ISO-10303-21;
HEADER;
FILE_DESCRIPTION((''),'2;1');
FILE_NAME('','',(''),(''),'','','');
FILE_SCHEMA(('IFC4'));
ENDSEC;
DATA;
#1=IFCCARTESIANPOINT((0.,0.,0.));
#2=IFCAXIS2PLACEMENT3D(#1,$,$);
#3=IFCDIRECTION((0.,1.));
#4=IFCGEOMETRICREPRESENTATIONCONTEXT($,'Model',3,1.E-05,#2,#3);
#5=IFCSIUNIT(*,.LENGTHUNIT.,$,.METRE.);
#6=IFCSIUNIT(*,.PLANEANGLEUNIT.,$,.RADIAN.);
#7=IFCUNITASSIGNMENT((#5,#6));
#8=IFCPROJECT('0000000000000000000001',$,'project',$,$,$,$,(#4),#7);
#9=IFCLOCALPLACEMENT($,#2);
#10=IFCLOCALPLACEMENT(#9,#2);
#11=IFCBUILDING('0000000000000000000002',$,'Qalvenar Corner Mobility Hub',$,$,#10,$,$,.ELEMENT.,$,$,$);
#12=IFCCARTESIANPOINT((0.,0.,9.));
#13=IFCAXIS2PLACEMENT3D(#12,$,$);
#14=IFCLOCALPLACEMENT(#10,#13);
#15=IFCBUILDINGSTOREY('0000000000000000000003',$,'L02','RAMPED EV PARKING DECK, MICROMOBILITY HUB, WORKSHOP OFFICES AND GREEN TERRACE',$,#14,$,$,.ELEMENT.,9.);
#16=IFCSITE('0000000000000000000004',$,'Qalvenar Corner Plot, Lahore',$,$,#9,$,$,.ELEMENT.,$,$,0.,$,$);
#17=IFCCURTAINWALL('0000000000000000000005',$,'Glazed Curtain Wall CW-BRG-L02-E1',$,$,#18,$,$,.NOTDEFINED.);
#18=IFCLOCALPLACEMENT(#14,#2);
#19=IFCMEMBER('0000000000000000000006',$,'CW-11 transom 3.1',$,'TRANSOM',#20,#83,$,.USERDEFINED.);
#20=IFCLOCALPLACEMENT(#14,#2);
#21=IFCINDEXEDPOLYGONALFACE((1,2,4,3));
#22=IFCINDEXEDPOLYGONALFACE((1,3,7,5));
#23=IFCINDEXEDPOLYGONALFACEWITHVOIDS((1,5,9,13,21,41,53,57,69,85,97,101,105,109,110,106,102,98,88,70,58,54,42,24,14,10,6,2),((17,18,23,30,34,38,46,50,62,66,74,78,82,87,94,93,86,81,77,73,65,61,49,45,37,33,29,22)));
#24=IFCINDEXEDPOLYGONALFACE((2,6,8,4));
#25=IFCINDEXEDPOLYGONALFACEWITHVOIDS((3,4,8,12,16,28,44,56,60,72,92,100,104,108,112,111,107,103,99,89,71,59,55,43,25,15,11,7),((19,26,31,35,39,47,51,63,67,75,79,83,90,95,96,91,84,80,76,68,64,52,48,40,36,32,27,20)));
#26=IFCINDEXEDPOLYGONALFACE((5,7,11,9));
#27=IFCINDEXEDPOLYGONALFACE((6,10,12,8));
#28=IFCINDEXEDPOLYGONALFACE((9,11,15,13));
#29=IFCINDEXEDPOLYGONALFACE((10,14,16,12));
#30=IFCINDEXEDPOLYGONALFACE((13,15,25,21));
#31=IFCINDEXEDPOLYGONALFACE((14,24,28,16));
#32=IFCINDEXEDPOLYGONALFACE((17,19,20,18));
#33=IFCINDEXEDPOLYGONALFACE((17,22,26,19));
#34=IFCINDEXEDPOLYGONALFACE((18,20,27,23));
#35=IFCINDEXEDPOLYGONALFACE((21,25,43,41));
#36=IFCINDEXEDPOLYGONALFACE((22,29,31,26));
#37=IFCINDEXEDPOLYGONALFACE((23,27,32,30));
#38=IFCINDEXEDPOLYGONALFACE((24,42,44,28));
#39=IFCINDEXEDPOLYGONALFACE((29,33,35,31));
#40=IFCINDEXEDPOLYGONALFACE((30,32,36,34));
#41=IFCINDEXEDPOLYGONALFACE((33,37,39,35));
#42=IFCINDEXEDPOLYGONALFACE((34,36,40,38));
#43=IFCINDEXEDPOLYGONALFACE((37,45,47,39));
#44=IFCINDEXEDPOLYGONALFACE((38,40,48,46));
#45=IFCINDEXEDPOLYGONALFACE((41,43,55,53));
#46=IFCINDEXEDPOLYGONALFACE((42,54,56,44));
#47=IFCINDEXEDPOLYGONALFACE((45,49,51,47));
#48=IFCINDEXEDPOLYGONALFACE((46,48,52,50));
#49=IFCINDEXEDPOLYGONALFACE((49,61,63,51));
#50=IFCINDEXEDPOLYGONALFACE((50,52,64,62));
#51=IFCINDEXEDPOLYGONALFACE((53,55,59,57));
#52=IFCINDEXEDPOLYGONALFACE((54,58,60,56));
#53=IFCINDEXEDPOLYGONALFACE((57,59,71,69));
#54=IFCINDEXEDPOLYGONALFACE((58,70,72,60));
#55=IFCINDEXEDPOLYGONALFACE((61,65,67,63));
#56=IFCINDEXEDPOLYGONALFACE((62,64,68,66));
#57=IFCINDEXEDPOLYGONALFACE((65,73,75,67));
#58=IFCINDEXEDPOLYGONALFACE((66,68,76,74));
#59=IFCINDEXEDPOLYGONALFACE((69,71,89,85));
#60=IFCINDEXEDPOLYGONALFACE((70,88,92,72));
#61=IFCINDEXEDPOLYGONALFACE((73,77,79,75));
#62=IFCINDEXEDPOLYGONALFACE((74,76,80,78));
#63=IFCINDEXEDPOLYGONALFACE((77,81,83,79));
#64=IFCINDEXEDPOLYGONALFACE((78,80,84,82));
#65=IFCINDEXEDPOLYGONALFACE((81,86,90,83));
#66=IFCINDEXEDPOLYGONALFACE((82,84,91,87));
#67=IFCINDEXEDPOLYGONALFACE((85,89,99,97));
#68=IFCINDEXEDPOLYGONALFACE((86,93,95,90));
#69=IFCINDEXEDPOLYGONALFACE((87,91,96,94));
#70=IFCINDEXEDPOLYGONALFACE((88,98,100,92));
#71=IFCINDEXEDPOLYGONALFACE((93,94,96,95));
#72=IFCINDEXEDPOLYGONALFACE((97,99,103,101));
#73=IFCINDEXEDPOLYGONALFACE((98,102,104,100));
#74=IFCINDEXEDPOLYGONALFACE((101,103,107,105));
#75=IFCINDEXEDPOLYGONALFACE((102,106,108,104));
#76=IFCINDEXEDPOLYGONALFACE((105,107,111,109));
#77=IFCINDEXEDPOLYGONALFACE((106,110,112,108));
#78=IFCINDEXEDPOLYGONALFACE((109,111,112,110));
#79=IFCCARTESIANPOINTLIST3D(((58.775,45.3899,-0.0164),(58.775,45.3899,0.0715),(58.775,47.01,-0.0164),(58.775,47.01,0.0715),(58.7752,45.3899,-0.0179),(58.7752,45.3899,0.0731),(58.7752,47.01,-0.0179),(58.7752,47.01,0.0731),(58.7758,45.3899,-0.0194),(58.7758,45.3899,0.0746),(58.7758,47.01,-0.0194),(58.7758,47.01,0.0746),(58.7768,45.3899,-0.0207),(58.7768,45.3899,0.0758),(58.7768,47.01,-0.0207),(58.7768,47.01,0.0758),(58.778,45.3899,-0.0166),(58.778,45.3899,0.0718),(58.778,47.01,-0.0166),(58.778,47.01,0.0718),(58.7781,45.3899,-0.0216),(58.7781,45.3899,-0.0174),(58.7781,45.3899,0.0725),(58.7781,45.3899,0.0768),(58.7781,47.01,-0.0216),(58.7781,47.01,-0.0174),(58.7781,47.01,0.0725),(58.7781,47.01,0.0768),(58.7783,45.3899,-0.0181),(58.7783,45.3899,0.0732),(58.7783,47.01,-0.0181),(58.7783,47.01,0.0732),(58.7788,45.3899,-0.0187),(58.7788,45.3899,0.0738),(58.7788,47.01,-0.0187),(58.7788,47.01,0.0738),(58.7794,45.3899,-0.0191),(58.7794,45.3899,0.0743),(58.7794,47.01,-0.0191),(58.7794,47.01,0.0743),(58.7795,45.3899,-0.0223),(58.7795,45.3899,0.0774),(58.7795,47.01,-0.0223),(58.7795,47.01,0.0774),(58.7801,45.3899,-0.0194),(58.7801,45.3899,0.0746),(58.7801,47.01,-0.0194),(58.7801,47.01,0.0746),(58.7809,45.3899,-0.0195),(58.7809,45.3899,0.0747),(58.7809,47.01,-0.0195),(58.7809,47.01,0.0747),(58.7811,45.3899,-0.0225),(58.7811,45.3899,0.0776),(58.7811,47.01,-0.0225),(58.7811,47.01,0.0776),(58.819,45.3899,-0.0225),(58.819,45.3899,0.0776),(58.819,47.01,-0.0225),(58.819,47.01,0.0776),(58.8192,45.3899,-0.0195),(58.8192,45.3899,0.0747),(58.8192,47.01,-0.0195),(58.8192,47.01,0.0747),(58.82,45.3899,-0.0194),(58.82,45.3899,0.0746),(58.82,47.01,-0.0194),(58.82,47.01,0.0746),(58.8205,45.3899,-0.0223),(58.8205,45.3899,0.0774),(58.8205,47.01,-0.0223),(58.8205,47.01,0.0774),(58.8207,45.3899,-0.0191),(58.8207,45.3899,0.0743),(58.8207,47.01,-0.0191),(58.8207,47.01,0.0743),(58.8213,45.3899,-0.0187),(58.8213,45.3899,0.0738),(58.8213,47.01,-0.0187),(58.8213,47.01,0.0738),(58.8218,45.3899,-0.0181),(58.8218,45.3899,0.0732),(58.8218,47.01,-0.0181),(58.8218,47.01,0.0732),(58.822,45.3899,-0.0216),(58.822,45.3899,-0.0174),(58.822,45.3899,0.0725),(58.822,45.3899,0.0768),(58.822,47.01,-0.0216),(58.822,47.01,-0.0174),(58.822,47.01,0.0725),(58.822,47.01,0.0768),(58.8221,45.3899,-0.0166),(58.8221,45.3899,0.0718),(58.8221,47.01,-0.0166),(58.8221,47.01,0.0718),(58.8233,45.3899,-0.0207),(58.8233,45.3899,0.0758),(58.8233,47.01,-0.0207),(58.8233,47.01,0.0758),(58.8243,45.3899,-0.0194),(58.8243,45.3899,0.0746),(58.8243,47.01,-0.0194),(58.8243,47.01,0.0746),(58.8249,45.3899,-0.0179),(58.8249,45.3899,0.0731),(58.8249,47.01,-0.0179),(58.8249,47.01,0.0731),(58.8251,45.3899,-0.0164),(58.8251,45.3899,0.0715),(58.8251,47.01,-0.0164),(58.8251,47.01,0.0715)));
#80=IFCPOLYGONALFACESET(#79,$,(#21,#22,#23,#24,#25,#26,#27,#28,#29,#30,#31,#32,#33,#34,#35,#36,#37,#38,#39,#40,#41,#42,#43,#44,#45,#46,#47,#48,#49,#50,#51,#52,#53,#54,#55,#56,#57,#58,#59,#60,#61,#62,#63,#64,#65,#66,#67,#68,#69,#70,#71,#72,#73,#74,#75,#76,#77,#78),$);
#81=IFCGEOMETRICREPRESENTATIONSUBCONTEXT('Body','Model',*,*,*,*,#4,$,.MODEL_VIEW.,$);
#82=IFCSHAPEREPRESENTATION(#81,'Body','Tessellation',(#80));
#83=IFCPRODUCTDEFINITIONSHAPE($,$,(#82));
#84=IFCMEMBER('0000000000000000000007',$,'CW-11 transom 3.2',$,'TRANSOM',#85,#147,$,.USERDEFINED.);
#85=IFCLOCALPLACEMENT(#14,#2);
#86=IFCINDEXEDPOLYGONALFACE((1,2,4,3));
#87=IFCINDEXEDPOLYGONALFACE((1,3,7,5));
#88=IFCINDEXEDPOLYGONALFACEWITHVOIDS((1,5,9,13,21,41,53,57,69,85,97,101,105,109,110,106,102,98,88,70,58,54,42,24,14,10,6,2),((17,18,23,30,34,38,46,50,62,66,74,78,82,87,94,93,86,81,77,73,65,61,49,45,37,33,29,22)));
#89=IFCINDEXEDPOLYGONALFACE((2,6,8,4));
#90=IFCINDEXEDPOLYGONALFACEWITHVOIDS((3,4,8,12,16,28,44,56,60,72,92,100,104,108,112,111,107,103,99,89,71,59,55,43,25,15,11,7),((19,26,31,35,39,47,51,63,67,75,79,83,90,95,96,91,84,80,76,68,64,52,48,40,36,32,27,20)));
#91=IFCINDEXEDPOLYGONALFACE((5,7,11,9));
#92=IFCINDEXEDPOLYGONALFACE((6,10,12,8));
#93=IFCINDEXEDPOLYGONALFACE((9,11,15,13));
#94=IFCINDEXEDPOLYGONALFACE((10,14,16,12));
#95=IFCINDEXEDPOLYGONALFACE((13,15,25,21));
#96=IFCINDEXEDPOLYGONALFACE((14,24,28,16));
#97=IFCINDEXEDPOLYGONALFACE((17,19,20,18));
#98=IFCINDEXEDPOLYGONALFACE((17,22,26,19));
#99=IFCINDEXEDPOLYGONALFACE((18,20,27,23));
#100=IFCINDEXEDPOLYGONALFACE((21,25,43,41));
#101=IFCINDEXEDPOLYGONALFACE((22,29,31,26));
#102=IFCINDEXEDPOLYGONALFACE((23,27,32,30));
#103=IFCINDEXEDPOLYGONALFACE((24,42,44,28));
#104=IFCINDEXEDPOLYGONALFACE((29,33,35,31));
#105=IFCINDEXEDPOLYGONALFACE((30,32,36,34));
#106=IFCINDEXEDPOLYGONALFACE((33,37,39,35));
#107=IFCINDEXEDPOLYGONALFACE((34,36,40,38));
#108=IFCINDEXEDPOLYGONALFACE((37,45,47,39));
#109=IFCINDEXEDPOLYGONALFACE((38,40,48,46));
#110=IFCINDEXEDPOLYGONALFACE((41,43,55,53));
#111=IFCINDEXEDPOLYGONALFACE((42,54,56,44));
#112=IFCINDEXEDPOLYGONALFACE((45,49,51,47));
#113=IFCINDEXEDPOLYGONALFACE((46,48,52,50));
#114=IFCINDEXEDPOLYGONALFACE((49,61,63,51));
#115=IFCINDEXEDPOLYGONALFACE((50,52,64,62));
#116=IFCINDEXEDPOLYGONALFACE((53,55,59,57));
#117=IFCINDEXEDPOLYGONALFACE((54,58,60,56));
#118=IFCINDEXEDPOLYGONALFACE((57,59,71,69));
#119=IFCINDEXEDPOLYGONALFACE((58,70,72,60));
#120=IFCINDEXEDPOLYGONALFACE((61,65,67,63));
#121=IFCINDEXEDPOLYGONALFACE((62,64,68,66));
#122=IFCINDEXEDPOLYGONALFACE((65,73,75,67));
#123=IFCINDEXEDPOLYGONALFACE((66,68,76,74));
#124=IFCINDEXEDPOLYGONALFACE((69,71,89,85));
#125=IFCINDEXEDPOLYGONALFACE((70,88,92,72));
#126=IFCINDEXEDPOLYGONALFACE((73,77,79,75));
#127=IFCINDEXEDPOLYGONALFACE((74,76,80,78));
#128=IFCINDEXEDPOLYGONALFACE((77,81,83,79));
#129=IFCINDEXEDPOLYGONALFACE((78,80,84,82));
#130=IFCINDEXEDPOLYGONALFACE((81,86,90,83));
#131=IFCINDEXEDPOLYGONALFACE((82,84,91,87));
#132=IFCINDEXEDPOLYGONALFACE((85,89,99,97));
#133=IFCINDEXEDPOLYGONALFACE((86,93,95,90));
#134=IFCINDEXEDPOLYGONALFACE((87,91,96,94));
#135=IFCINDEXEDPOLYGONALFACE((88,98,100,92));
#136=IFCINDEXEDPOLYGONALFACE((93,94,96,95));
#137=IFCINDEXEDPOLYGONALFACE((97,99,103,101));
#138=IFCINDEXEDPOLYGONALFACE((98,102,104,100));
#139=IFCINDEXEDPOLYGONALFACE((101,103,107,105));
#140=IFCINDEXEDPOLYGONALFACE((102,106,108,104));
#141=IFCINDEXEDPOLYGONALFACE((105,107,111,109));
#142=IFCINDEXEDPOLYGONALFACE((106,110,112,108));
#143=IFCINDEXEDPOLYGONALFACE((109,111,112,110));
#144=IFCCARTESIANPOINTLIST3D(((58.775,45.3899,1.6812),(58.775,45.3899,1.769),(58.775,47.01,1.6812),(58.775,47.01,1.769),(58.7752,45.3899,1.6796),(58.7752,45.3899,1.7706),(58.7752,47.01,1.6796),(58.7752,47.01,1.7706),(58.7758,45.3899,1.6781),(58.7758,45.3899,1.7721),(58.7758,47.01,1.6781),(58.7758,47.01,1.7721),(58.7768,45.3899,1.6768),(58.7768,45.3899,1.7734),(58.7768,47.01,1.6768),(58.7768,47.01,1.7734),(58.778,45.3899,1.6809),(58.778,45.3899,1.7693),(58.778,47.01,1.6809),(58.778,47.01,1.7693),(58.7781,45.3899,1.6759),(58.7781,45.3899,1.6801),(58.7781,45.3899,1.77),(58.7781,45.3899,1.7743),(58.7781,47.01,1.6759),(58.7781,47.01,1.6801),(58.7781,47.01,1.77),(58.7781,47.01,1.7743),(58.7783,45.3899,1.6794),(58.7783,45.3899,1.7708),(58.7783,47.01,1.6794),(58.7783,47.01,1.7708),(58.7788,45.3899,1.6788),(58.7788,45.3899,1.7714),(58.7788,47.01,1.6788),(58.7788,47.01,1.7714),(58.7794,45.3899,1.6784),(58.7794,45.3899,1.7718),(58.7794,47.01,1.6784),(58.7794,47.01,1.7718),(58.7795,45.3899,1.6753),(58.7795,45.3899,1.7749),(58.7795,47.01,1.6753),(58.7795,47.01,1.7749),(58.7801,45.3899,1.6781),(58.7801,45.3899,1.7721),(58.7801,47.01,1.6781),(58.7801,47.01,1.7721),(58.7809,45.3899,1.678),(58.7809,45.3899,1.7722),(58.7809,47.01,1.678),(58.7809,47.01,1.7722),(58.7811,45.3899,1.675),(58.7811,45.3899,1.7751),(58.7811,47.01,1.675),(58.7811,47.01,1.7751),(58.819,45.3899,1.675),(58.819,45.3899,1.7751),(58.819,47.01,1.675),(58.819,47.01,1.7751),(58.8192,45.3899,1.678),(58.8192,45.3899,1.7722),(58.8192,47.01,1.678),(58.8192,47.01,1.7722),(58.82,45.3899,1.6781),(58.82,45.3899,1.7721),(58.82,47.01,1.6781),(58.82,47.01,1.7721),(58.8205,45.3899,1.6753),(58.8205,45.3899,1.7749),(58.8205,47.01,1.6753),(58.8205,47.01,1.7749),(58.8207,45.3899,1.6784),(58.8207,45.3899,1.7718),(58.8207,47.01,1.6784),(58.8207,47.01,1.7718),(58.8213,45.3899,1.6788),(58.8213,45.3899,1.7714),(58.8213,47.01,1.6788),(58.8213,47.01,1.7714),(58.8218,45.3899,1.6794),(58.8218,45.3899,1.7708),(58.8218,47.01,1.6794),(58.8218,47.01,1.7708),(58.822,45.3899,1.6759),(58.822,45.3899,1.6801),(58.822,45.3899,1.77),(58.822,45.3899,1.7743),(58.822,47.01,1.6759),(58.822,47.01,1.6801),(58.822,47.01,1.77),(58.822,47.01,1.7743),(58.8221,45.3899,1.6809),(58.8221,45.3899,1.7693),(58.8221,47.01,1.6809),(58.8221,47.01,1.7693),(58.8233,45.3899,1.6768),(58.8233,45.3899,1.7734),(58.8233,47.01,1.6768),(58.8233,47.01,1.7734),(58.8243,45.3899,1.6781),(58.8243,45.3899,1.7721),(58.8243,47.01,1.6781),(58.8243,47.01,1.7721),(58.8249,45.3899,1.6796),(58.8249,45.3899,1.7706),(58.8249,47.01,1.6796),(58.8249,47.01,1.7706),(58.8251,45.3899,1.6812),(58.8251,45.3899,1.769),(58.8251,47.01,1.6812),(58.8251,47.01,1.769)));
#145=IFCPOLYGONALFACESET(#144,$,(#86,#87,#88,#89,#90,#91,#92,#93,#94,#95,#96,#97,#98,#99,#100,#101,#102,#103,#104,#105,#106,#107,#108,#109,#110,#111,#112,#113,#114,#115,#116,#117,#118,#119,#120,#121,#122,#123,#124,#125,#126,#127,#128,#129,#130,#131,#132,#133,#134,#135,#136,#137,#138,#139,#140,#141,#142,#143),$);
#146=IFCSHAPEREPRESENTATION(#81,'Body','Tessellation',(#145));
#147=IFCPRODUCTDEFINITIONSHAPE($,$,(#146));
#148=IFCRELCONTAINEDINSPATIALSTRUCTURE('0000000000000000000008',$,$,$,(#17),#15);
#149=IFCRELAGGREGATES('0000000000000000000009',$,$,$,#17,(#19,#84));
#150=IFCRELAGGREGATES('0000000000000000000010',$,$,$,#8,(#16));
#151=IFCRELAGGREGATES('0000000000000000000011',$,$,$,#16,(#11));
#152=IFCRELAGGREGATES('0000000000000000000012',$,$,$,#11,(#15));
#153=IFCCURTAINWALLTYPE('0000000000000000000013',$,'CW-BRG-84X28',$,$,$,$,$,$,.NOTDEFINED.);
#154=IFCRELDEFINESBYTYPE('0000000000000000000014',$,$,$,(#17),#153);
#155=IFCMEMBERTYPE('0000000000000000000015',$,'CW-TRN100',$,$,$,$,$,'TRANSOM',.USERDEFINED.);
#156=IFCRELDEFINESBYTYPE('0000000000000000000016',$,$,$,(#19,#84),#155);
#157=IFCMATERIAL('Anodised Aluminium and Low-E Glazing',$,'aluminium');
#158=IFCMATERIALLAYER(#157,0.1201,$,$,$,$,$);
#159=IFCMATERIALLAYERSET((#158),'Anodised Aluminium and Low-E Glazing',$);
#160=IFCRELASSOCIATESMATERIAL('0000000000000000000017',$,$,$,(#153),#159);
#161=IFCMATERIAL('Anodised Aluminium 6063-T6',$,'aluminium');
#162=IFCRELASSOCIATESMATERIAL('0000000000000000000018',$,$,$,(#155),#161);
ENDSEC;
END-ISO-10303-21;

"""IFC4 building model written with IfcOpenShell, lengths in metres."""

from ifc_helpers import new_model, si_unit, direction, frame, origin, origin_2d, place, context, subcontext, project, spatial, hollow_rectangle, extrude, material, layer, layer_set, material_profile, profile_set, type_object, element, aggregate, save


model = new_model("IFC4")

# Units and contexts
model_context = context("Model", 3, precision=1e-05, world=origin(), true_north=direction((0.0, 1.0)))
body_context = subcontext(model_context, "Body", "Model", "MODEL_VIEW")
ifc_project = project(units=[si_unit("LENGTHUNIT", "METRE"), si_unit("PLANEANGLEUNIT", "RADIAN")], contexts=[model_context])

# Site, building, storey
site_placement = place(None, origin())
site = spatial("IfcSite", under=ifc_project, at=site_placement, Name="Qalvenar Corner Plot, Lahore", CompositionType="ELEMENT", RefElevation=0.0)
building_placement = place(site_placement, origin())
building = spatial("IfcBuilding", under=site, at=building_placement, Name="Qalvenar Corner Mobility Hub", CompositionType="ELEMENT")
storey_placement = place(building_placement, frame((0.0, 0.0, 9.0)))
storey = spatial("IfcBuildingStorey", under=building, at=storey_placement, Name="L02", Description="RAMPED EV PARKING DECK, MICROMOBILITY HUB, WORKSHOP OFFICES AND GREEN TERRACE", CompositionType="ELEMENT", Elevation=9.0)

# Curtain wall, members
ifc_material_1 = material(Name="Anodised Aluminium and Low-E Glazing", Category="aluminium")
ifc_layer_1 = layer(ifc_material_1, 0.1201)
ifc_layer_set_1 = layer_set([ifc_layer_1], Name="Anodised Aluminium and Low-E Glazing")
curtain_wall_type = type_object("IfcCurtainWallType", Name="CW-BRG-84X28", PredefinedType="NOTDEFINED", material=ifc_layer_set_1)
curtain_wall_placement = place(storey_placement, origin())
curtain_wall = element("IfcCurtainWall", 1, at=curtain_wall_placement, inside=storey, type_object=curtain_wall_type, Name="Glazed Curtain Wall CW-BRG-L02-E1", PredefinedType="NOTDEFINED")
ifc_material_2 = material(Name="Anodised Aluminium 6063-T6", Category="aluminium")
ifc_material_profile_1 = material_profile(ifc_material_2, hollow_rectangle(XDim=0.05, YDim=0.1001, WallThickness=0.0029, InnerFilletRadius=0.0029, OuterFilletRadius=0.0061, at=origin_2d()), Name="RHS100x50x3")
ifc_profile_set_1 = profile_set([ifc_material_profile_1], Name="Anodised Aluminium 6063-T6")
member_type_1 = type_object("IfcMemberType", Name="CW-TRN100", ElementType="TRANSOM", PredefinedType="USERDEFINED", material=ifc_profile_set_1)
member_1_placement = place(storey_placement, frame((58.8, 45.3899, 0.0276), z_axis=(0.0, 1.0, 0.0), x_axis=(-1.0, 0.0, 0.0)))
member_1 = element("IfcMember", 2, at=member_1_placement, type_object=member_type_1, Name="CW-11 transom 3.1", ObjectType="TRANSOM", PredefinedType="USERDEFINED", context=body_context, shape_type="SweptSolid", body=[
    extrude(hollow_rectangle(XDim=0.05, YDim=0.1001, WallThickness=0.0029, InnerFilletRadius=0.0029, OuterFilletRadius=0.0061, at=origin_2d()), origin(), (0.0, 0.0, 1.0), 1.6201),
])
member_2_placement = place(storey_placement, frame((58.8, 45.3899, 1.7251), z_axis=(0.0, 1.0, 0.0), x_axis=(-1.0, 0.0, 0.0)))
member_2 = element("IfcMember", 3, at=member_2_placement, type_object=member_type_1, Name="CW-11 transom 3.2", ObjectType="TRANSOM", PredefinedType="USERDEFINED", context=body_context, shape_type="SweptSolid", body=[
    extrude(hollow_rectangle(XDim=0.05, YDim=0.1001, WallThickness=0.0029, InnerFilletRadius=0.0029, OuterFilletRadius=0.0061, at=origin_2d()), origin(), (0.0, 0.0, 1.0), 1.6201),
])

aggregate(curtain_wall, [member_1, member_2])

save(model, "model.ifc")
